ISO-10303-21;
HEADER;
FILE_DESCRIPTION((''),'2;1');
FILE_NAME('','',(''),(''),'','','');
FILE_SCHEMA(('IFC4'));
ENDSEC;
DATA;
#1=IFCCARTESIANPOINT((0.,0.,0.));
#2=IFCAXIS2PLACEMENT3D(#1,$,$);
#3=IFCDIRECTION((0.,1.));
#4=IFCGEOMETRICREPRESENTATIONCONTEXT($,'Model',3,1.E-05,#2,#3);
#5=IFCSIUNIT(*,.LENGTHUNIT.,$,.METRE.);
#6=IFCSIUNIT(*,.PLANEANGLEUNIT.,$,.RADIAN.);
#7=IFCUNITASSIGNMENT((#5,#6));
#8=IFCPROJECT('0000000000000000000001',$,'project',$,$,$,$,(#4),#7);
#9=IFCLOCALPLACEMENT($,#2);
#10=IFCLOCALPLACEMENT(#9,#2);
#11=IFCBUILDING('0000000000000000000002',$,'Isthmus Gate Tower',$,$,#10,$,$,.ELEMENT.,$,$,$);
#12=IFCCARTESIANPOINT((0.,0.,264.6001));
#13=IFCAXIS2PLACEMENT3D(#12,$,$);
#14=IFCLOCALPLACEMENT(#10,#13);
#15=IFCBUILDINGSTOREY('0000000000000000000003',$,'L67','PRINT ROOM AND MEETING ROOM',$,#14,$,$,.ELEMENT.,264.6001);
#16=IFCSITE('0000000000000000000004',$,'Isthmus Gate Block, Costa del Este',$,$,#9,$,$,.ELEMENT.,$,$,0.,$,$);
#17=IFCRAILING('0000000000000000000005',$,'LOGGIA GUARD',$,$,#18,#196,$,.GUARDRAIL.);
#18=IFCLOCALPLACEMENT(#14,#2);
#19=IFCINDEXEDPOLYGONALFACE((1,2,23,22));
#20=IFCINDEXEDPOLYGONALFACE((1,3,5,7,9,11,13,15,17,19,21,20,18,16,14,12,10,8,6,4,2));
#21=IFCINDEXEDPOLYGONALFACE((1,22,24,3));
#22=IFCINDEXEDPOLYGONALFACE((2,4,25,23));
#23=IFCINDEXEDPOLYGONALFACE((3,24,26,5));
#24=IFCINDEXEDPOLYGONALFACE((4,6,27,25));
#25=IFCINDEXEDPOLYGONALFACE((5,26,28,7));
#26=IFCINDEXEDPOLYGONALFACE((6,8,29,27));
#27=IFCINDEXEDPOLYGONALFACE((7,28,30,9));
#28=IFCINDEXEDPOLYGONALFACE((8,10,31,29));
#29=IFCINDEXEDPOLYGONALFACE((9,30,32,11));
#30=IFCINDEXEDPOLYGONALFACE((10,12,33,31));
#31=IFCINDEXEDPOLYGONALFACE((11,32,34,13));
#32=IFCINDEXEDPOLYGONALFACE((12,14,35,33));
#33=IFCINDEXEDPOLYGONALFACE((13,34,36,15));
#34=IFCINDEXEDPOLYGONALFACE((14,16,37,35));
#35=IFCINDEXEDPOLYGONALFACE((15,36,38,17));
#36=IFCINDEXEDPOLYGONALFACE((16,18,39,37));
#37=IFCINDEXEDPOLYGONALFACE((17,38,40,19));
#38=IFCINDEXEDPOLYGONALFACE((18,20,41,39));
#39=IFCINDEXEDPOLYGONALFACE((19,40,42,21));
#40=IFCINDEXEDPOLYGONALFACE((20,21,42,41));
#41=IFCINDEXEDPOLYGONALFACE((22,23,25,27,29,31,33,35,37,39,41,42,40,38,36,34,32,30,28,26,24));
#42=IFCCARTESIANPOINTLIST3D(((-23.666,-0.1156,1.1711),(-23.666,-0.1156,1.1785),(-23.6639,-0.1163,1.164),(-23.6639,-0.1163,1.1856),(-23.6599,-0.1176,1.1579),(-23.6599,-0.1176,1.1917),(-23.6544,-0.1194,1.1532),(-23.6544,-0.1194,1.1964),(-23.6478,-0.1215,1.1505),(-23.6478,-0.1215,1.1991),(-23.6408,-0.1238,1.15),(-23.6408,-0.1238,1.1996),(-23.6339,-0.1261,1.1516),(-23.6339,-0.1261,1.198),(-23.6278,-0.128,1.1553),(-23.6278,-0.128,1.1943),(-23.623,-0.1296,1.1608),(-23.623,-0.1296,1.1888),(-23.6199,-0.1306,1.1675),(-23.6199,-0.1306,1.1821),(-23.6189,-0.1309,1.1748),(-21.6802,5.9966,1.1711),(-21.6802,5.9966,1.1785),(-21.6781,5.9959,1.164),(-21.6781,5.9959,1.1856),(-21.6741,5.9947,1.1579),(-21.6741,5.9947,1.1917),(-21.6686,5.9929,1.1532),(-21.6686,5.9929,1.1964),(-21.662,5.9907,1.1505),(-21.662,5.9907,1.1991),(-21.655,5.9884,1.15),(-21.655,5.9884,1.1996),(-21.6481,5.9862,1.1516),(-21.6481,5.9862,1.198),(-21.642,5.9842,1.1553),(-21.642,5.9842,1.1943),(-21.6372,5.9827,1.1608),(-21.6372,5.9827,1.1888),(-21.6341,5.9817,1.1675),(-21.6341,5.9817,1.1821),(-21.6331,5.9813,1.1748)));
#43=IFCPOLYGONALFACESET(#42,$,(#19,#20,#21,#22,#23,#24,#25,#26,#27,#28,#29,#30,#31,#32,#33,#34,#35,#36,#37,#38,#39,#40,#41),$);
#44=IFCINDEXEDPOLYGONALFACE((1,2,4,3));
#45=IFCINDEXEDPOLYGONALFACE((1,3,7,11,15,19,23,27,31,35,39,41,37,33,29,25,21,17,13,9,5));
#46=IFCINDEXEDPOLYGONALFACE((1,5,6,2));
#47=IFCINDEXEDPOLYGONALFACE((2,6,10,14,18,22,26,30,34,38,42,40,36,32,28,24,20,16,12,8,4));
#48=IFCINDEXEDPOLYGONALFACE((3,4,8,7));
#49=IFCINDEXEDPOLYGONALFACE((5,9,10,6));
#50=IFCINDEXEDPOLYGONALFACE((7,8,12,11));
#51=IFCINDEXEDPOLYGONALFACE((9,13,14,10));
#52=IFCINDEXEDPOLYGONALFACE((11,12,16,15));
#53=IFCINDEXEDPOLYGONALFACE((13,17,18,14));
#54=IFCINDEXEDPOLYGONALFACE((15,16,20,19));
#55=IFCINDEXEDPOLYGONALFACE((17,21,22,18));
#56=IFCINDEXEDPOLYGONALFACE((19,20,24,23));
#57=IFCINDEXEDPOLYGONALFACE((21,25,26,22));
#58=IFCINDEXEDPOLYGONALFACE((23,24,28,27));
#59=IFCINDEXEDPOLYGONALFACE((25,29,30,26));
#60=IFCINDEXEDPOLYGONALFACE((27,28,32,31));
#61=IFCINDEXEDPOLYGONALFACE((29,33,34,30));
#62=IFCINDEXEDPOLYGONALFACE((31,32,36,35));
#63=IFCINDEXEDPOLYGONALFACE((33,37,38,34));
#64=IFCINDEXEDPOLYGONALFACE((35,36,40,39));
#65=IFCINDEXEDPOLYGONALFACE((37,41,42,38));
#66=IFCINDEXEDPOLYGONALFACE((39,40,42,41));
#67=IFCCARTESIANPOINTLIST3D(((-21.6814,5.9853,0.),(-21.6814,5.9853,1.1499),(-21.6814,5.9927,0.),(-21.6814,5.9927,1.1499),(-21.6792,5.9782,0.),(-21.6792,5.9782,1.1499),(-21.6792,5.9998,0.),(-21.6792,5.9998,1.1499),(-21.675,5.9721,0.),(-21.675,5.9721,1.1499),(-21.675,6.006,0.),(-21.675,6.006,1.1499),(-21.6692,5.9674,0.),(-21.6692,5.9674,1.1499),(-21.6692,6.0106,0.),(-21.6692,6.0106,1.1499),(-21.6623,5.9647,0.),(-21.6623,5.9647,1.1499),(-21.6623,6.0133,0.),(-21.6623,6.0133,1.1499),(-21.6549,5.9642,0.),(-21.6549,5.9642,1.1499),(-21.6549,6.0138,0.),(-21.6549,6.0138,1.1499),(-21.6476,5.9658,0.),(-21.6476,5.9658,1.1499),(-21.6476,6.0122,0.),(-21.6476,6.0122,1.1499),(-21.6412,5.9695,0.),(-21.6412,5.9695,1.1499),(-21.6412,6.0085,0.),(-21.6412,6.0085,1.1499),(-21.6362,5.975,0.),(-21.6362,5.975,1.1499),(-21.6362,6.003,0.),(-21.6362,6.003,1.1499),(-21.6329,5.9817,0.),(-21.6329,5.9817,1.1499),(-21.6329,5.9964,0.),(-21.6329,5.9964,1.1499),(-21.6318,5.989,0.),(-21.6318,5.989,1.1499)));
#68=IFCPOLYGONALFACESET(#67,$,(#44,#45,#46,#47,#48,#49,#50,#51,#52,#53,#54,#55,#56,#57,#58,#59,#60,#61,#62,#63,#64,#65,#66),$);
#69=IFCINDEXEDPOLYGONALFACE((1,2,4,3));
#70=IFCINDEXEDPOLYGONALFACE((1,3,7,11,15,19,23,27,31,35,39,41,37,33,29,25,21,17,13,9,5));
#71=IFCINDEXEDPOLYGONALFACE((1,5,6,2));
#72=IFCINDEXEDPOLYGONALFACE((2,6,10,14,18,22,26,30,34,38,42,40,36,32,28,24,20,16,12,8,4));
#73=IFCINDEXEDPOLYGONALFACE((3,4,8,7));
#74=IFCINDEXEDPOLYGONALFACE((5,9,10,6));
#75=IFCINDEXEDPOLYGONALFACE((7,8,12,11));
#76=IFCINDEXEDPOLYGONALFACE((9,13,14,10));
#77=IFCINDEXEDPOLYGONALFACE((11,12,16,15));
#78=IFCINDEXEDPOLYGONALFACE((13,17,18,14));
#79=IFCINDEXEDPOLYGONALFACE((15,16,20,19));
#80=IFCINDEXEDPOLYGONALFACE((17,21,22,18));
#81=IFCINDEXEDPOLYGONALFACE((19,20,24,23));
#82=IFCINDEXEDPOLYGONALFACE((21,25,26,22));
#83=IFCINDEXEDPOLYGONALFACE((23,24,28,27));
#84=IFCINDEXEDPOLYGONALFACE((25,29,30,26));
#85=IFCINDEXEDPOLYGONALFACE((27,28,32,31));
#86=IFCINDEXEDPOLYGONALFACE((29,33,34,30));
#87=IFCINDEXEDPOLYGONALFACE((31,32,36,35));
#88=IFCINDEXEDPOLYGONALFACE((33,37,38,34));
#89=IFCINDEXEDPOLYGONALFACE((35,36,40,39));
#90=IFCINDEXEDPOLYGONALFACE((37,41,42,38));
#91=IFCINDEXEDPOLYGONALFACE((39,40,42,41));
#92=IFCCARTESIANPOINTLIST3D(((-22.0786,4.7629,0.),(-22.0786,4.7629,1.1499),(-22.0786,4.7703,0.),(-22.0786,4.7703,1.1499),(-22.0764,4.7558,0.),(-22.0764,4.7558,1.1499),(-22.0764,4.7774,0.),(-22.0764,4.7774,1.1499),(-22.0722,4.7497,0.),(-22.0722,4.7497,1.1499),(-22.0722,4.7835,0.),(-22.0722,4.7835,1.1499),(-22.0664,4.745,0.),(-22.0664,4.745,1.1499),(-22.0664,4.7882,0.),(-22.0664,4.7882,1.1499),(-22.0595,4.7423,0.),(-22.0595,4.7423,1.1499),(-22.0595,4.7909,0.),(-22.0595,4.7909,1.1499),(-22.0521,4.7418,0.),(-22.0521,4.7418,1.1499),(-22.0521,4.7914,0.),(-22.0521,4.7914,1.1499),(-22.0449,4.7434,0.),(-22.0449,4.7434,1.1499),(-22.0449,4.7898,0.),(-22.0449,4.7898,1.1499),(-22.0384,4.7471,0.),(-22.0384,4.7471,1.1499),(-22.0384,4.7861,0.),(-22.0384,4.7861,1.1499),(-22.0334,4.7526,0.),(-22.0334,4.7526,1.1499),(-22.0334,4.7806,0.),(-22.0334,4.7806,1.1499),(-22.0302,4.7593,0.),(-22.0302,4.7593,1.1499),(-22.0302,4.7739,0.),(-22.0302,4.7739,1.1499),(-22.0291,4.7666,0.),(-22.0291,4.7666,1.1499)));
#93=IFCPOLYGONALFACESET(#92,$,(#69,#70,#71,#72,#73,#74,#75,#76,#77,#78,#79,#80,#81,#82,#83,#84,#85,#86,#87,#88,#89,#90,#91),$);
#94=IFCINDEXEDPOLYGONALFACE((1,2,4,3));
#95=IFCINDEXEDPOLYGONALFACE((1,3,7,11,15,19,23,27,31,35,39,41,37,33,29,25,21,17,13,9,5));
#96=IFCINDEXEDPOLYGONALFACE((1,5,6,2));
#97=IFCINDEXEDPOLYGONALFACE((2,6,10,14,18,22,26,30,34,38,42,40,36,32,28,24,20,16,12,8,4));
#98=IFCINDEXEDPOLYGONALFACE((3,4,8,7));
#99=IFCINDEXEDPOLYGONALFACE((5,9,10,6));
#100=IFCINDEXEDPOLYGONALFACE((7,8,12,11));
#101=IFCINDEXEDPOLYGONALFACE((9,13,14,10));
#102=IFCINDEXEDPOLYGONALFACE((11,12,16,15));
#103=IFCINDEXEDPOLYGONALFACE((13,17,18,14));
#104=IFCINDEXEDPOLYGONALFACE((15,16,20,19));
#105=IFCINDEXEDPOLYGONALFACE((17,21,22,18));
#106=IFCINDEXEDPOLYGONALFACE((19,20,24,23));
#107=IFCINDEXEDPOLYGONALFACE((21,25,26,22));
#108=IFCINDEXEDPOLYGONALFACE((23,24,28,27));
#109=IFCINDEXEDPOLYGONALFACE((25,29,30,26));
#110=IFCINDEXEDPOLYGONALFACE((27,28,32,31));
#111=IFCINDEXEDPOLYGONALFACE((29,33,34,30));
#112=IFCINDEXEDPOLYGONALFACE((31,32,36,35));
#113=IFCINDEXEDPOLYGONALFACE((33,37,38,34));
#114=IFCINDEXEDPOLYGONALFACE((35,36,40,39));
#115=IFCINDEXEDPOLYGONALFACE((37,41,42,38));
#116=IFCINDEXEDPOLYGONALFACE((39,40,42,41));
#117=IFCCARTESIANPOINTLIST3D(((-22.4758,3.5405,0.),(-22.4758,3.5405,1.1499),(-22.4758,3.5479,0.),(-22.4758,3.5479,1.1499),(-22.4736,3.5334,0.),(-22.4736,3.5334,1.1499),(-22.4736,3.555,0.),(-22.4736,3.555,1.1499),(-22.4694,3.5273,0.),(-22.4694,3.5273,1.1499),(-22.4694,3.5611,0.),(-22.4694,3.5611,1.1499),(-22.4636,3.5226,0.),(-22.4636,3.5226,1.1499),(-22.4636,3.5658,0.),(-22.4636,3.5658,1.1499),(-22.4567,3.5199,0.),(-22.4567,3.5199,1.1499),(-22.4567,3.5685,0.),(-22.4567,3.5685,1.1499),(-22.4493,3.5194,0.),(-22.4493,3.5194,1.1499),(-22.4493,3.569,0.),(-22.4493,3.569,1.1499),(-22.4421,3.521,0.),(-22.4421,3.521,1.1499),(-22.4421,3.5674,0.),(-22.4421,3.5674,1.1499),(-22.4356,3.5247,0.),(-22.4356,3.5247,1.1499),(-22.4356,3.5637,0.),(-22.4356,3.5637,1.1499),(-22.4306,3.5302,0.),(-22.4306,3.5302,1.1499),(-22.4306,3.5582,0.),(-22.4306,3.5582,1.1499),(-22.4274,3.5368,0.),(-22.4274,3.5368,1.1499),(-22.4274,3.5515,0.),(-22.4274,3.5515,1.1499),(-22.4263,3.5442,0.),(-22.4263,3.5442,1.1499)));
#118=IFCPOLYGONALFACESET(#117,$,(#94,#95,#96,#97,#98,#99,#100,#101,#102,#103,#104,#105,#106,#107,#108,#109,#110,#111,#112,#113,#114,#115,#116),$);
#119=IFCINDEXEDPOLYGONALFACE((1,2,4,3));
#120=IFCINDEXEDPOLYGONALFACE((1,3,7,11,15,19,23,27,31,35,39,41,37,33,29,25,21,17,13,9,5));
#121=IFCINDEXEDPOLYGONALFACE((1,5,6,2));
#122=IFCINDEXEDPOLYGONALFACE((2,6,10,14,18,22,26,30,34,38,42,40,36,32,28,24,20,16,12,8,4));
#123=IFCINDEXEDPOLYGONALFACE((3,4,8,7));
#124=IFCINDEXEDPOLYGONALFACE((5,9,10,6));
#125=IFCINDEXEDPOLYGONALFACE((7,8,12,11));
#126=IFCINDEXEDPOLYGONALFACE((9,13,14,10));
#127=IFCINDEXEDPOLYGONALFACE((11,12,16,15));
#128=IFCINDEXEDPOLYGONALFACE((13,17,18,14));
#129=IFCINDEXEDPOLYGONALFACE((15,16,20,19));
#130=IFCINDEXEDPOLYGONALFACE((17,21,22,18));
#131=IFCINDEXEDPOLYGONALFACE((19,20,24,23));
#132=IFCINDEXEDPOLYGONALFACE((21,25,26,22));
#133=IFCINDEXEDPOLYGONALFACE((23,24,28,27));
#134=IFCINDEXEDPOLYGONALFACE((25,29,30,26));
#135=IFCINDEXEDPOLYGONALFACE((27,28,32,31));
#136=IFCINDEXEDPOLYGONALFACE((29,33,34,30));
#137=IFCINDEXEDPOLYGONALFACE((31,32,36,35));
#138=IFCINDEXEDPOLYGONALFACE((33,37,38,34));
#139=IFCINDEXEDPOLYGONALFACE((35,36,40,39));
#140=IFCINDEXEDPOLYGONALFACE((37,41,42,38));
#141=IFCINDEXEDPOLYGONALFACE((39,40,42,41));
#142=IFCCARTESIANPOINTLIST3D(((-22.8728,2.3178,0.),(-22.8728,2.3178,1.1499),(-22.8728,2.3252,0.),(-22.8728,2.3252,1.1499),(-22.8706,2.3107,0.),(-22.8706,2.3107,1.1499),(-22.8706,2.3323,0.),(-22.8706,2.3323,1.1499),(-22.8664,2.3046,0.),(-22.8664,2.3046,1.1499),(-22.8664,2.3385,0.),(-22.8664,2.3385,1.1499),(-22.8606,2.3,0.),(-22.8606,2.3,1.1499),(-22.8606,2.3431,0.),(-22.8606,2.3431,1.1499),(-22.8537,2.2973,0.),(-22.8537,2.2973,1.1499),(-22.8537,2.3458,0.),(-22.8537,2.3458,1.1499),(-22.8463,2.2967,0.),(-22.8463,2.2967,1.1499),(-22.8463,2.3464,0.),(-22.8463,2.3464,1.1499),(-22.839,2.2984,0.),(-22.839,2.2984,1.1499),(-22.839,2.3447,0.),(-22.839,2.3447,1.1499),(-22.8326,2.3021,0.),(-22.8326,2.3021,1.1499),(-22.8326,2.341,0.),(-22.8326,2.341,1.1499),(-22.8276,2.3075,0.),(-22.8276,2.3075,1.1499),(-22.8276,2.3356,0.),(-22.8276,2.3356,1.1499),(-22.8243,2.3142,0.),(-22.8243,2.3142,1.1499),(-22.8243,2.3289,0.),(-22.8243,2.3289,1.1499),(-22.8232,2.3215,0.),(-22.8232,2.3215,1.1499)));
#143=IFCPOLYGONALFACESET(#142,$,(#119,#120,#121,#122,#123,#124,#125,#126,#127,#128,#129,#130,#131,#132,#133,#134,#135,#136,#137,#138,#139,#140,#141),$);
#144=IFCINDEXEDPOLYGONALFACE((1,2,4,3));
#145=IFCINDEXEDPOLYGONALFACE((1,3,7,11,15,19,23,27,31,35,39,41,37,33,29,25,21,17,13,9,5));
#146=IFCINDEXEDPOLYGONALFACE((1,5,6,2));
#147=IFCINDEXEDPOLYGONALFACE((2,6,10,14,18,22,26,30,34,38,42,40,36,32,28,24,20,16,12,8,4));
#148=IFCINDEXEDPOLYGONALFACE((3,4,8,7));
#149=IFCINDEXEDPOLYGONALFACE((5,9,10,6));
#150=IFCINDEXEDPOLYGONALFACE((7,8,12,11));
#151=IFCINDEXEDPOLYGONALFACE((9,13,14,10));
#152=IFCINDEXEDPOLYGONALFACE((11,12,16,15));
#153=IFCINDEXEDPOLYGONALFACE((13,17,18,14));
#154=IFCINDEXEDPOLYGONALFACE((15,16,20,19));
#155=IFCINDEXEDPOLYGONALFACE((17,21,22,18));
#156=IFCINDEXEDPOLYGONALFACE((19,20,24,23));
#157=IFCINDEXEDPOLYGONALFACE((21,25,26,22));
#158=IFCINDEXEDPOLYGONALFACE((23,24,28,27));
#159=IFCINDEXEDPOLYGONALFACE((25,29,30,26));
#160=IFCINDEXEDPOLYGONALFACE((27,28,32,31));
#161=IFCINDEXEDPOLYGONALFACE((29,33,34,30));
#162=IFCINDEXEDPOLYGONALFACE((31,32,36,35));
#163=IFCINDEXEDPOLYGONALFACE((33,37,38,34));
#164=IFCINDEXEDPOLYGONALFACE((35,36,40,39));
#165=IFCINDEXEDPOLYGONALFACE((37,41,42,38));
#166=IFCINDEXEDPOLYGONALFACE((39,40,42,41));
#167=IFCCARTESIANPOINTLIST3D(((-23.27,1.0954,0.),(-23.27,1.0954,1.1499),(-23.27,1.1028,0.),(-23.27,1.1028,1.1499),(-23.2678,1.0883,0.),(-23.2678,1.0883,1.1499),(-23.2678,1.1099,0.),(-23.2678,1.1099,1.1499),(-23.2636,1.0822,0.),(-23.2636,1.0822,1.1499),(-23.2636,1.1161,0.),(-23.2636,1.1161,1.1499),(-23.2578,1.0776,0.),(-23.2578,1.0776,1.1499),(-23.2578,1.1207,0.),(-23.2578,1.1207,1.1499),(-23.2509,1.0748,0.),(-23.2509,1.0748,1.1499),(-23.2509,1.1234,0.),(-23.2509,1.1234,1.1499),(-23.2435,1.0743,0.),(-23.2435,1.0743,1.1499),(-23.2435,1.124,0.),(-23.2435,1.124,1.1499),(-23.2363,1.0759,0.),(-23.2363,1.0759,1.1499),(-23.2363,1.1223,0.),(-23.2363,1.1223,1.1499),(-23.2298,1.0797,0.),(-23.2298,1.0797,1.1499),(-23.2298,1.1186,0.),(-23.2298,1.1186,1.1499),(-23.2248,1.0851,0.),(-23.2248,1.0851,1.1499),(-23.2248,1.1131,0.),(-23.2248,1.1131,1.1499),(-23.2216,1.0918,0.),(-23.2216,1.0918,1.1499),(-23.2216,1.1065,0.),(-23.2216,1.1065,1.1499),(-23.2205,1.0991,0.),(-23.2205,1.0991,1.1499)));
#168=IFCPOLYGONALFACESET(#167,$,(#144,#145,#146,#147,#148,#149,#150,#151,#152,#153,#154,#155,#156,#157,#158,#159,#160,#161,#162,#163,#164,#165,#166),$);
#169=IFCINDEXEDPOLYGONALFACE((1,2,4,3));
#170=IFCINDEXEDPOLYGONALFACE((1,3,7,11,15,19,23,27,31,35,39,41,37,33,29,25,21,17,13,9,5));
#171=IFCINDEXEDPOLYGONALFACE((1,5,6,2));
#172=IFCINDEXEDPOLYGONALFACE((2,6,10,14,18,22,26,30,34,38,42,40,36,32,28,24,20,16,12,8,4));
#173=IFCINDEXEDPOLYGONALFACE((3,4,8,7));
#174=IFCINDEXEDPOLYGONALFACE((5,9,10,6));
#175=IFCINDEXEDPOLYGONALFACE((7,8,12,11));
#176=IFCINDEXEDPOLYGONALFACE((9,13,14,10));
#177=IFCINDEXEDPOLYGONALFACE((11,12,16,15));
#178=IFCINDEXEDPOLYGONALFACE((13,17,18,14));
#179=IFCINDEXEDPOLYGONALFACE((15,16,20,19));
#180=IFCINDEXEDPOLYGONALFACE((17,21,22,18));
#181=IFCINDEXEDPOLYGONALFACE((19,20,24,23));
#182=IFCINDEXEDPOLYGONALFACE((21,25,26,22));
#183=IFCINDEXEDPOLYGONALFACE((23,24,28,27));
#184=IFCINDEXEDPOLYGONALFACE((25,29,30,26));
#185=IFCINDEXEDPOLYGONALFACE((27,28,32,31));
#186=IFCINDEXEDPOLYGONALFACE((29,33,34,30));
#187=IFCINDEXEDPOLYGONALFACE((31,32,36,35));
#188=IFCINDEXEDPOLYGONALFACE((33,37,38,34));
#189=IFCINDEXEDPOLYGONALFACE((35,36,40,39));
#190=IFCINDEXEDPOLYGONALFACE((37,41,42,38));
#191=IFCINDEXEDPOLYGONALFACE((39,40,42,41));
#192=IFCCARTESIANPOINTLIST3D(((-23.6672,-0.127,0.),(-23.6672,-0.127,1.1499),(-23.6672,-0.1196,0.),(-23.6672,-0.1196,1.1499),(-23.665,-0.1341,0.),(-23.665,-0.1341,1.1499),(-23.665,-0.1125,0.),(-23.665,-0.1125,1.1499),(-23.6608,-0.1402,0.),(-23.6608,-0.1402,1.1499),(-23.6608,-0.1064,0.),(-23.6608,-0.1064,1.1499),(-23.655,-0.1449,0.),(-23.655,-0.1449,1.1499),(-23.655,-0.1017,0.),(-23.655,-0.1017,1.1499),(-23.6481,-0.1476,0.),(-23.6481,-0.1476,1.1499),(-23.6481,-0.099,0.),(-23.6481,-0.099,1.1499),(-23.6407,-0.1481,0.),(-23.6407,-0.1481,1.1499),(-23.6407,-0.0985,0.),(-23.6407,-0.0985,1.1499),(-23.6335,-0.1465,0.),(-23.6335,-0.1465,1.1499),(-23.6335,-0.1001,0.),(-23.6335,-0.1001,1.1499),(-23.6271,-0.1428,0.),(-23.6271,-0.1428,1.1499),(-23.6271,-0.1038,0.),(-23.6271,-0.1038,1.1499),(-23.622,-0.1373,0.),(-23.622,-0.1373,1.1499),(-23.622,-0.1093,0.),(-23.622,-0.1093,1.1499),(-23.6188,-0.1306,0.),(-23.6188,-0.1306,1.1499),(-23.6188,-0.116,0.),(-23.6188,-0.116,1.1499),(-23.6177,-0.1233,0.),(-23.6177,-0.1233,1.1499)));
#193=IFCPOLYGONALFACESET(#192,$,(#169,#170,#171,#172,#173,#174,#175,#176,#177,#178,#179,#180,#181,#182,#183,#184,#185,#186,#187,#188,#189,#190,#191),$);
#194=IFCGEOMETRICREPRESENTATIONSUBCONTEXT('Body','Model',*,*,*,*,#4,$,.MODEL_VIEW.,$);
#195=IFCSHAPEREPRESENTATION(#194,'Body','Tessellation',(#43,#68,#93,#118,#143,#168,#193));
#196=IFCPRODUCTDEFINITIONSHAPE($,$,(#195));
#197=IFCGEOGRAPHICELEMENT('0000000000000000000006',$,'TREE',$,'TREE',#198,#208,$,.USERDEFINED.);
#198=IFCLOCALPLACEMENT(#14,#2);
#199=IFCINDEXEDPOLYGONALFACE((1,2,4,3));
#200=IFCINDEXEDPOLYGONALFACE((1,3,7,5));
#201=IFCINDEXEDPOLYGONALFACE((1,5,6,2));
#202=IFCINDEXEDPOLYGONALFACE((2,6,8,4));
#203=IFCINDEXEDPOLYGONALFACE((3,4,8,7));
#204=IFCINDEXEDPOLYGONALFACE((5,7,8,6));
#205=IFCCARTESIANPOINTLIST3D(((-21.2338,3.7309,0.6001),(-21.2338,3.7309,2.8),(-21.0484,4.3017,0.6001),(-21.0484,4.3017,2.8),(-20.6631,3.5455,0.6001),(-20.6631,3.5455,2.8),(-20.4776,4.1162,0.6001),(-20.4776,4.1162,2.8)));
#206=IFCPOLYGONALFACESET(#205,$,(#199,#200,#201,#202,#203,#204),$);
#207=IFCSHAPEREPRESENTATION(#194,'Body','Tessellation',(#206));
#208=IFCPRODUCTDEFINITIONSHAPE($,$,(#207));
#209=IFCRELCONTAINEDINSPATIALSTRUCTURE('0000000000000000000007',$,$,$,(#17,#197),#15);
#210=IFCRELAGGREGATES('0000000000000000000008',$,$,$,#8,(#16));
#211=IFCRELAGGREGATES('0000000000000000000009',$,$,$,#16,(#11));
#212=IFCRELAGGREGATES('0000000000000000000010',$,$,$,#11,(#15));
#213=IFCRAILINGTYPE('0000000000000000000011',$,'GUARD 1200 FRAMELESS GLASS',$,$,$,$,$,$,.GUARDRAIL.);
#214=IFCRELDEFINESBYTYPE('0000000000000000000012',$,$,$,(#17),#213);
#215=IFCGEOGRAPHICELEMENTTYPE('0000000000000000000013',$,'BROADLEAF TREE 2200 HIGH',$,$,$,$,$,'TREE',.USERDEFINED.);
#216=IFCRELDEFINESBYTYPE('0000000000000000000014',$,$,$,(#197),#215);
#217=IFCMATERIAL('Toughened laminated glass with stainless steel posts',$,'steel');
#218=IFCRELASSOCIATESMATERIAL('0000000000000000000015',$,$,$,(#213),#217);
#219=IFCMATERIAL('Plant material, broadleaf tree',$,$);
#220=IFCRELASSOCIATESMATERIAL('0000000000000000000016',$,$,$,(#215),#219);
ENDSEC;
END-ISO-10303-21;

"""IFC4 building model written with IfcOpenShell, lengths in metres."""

from ifc_helpers import new_model, si_unit, direction, frame, origin, origin_2d, place, context, subcontext, project, spatial, rectangle, circle, extrude, material, type_object, element, save


model = new_model("IFC4")

# Units and contexts
model_context = context("Model", 3, precision=1e-05, world=origin(), true_north=direction((0.0, 1.0)))
body_context = subcontext(model_context, "Body", "Model", "MODEL_VIEW")
ifc_project = project(units=[si_unit("LENGTHUNIT", "METRE"), si_unit("PLANEANGLEUNIT", "RADIAN")], contexts=[model_context])

# Site, building, storey
site_placement = place(None, origin())
site = spatial("IfcSite", under=ifc_project, at=site_placement, Name="Isthmus Gate Block, Costa del Este", CompositionType="ELEMENT", RefElevation=0.0)
building_placement = place(site_placement, origin())
building = spatial("IfcBuilding", under=site, at=building_placement, Name="Isthmus Gate Tower", CompositionType="ELEMENT")
storey_placement = place(building_placement, frame((0.0, 0.0, 264.6001)))
storey = spatial("IfcBuildingStorey", under=building, at=storey_placement, Name="L67", Description="PRINT ROOM AND MEETING ROOM", CompositionType="ELEMENT", Elevation=264.6001)

# Railing
ifc_material_1 = material(Name="Toughened laminated glass with stainless steel posts", Category="steel")
railing_type = type_object("IfcRailingType", Name="GUARD 1200 FRAMELESS GLASS", PredefinedType="GUARDRAIL", material=ifc_material_1)
railing_placement = place(storey_placement, frame((-21.6567, 5.989, 0.0)))
element("IfcRailing", 1, at=railing_placement, inside=storey, type_object=railing_type, Name="LOGGIA GUARD", PredefinedType="GUARDRAIL", context=body_context, shape_type="SweptSolid", body=[
    extrude(circle(Radius=0.0249, at=origin_2d()), frame((0.0, 0.0, 1.1748), z_axis=(-0.308993, -0.951064, 0.0), x_axis=(0.951064, -0.308993, 0.0)), (0.0, 0.0, 1.0), 6.4268),
    extrude(circle(Radius=0.0249, at=origin_2d()), origin(), (0.0, 0.0, 1.0), 1.1499),
    extrude(circle(Radius=0.0249, at=origin_2d()), frame((-0.3972, -1.2224, 0.0)), (0.0, 0.0, 1.0), 1.1499),
    extrude(circle(Radius=0.0249, at=origin_2d()), frame((-0.7944, -2.4448, 0.0)), (0.0, 0.0, 1.0), 1.1499),
    extrude(circle(Radius=0.0249, at=origin_2d()), frame((-1.1914, -3.6675, 0.0)), (0.0, 0.0, 1.0), 1.1499),
    extrude(circle(Radius=0.0249, at=origin_2d()), frame((-1.5886, -4.8899, 0.0)), (0.0, 0.0, 1.0), 1.1499),
    extrude(circle(Radius=0.0249, at=origin_2d()), frame((-1.9858, -6.1123, 0.0)), (0.0, 0.0, 1.0), 1.1499),
])

# Geographic element
ifc_material_2 = material(Name="Plant material, broadleaf tree")
geographic_element_type = type_object("IfcGeographicElementType", Name="BROADLEAF TREE 2200 HIGH", ElementType="TREE", PredefinedType="USERDEFINED", material=ifc_material_2)
for number, where, z_axis, x_axis, name in (
    (2, (-20.8557, 3.9236, 0.6001), (0.0, 0.0, 1.0), (-0.309017, -0.951057, 0.0), "TREE"),
):
    element("IfcGeographicElement", number, at=place(storey_placement, frame(where, z_axis=z_axis, x_axis=x_axis)), inside=storey, type_object=geographic_element_type, Name=name, ObjectType="TREE", PredefinedType="USERDEFINED", context=body_context, shape_type="SweptSolid", body=[
        extrude(rectangle(XDim=0.6001, YDim=0.6001, at=origin_2d()), origin(), (0.0, 0.0, 1.0), 2.2),
    ])

save(model, "model.ifc")
